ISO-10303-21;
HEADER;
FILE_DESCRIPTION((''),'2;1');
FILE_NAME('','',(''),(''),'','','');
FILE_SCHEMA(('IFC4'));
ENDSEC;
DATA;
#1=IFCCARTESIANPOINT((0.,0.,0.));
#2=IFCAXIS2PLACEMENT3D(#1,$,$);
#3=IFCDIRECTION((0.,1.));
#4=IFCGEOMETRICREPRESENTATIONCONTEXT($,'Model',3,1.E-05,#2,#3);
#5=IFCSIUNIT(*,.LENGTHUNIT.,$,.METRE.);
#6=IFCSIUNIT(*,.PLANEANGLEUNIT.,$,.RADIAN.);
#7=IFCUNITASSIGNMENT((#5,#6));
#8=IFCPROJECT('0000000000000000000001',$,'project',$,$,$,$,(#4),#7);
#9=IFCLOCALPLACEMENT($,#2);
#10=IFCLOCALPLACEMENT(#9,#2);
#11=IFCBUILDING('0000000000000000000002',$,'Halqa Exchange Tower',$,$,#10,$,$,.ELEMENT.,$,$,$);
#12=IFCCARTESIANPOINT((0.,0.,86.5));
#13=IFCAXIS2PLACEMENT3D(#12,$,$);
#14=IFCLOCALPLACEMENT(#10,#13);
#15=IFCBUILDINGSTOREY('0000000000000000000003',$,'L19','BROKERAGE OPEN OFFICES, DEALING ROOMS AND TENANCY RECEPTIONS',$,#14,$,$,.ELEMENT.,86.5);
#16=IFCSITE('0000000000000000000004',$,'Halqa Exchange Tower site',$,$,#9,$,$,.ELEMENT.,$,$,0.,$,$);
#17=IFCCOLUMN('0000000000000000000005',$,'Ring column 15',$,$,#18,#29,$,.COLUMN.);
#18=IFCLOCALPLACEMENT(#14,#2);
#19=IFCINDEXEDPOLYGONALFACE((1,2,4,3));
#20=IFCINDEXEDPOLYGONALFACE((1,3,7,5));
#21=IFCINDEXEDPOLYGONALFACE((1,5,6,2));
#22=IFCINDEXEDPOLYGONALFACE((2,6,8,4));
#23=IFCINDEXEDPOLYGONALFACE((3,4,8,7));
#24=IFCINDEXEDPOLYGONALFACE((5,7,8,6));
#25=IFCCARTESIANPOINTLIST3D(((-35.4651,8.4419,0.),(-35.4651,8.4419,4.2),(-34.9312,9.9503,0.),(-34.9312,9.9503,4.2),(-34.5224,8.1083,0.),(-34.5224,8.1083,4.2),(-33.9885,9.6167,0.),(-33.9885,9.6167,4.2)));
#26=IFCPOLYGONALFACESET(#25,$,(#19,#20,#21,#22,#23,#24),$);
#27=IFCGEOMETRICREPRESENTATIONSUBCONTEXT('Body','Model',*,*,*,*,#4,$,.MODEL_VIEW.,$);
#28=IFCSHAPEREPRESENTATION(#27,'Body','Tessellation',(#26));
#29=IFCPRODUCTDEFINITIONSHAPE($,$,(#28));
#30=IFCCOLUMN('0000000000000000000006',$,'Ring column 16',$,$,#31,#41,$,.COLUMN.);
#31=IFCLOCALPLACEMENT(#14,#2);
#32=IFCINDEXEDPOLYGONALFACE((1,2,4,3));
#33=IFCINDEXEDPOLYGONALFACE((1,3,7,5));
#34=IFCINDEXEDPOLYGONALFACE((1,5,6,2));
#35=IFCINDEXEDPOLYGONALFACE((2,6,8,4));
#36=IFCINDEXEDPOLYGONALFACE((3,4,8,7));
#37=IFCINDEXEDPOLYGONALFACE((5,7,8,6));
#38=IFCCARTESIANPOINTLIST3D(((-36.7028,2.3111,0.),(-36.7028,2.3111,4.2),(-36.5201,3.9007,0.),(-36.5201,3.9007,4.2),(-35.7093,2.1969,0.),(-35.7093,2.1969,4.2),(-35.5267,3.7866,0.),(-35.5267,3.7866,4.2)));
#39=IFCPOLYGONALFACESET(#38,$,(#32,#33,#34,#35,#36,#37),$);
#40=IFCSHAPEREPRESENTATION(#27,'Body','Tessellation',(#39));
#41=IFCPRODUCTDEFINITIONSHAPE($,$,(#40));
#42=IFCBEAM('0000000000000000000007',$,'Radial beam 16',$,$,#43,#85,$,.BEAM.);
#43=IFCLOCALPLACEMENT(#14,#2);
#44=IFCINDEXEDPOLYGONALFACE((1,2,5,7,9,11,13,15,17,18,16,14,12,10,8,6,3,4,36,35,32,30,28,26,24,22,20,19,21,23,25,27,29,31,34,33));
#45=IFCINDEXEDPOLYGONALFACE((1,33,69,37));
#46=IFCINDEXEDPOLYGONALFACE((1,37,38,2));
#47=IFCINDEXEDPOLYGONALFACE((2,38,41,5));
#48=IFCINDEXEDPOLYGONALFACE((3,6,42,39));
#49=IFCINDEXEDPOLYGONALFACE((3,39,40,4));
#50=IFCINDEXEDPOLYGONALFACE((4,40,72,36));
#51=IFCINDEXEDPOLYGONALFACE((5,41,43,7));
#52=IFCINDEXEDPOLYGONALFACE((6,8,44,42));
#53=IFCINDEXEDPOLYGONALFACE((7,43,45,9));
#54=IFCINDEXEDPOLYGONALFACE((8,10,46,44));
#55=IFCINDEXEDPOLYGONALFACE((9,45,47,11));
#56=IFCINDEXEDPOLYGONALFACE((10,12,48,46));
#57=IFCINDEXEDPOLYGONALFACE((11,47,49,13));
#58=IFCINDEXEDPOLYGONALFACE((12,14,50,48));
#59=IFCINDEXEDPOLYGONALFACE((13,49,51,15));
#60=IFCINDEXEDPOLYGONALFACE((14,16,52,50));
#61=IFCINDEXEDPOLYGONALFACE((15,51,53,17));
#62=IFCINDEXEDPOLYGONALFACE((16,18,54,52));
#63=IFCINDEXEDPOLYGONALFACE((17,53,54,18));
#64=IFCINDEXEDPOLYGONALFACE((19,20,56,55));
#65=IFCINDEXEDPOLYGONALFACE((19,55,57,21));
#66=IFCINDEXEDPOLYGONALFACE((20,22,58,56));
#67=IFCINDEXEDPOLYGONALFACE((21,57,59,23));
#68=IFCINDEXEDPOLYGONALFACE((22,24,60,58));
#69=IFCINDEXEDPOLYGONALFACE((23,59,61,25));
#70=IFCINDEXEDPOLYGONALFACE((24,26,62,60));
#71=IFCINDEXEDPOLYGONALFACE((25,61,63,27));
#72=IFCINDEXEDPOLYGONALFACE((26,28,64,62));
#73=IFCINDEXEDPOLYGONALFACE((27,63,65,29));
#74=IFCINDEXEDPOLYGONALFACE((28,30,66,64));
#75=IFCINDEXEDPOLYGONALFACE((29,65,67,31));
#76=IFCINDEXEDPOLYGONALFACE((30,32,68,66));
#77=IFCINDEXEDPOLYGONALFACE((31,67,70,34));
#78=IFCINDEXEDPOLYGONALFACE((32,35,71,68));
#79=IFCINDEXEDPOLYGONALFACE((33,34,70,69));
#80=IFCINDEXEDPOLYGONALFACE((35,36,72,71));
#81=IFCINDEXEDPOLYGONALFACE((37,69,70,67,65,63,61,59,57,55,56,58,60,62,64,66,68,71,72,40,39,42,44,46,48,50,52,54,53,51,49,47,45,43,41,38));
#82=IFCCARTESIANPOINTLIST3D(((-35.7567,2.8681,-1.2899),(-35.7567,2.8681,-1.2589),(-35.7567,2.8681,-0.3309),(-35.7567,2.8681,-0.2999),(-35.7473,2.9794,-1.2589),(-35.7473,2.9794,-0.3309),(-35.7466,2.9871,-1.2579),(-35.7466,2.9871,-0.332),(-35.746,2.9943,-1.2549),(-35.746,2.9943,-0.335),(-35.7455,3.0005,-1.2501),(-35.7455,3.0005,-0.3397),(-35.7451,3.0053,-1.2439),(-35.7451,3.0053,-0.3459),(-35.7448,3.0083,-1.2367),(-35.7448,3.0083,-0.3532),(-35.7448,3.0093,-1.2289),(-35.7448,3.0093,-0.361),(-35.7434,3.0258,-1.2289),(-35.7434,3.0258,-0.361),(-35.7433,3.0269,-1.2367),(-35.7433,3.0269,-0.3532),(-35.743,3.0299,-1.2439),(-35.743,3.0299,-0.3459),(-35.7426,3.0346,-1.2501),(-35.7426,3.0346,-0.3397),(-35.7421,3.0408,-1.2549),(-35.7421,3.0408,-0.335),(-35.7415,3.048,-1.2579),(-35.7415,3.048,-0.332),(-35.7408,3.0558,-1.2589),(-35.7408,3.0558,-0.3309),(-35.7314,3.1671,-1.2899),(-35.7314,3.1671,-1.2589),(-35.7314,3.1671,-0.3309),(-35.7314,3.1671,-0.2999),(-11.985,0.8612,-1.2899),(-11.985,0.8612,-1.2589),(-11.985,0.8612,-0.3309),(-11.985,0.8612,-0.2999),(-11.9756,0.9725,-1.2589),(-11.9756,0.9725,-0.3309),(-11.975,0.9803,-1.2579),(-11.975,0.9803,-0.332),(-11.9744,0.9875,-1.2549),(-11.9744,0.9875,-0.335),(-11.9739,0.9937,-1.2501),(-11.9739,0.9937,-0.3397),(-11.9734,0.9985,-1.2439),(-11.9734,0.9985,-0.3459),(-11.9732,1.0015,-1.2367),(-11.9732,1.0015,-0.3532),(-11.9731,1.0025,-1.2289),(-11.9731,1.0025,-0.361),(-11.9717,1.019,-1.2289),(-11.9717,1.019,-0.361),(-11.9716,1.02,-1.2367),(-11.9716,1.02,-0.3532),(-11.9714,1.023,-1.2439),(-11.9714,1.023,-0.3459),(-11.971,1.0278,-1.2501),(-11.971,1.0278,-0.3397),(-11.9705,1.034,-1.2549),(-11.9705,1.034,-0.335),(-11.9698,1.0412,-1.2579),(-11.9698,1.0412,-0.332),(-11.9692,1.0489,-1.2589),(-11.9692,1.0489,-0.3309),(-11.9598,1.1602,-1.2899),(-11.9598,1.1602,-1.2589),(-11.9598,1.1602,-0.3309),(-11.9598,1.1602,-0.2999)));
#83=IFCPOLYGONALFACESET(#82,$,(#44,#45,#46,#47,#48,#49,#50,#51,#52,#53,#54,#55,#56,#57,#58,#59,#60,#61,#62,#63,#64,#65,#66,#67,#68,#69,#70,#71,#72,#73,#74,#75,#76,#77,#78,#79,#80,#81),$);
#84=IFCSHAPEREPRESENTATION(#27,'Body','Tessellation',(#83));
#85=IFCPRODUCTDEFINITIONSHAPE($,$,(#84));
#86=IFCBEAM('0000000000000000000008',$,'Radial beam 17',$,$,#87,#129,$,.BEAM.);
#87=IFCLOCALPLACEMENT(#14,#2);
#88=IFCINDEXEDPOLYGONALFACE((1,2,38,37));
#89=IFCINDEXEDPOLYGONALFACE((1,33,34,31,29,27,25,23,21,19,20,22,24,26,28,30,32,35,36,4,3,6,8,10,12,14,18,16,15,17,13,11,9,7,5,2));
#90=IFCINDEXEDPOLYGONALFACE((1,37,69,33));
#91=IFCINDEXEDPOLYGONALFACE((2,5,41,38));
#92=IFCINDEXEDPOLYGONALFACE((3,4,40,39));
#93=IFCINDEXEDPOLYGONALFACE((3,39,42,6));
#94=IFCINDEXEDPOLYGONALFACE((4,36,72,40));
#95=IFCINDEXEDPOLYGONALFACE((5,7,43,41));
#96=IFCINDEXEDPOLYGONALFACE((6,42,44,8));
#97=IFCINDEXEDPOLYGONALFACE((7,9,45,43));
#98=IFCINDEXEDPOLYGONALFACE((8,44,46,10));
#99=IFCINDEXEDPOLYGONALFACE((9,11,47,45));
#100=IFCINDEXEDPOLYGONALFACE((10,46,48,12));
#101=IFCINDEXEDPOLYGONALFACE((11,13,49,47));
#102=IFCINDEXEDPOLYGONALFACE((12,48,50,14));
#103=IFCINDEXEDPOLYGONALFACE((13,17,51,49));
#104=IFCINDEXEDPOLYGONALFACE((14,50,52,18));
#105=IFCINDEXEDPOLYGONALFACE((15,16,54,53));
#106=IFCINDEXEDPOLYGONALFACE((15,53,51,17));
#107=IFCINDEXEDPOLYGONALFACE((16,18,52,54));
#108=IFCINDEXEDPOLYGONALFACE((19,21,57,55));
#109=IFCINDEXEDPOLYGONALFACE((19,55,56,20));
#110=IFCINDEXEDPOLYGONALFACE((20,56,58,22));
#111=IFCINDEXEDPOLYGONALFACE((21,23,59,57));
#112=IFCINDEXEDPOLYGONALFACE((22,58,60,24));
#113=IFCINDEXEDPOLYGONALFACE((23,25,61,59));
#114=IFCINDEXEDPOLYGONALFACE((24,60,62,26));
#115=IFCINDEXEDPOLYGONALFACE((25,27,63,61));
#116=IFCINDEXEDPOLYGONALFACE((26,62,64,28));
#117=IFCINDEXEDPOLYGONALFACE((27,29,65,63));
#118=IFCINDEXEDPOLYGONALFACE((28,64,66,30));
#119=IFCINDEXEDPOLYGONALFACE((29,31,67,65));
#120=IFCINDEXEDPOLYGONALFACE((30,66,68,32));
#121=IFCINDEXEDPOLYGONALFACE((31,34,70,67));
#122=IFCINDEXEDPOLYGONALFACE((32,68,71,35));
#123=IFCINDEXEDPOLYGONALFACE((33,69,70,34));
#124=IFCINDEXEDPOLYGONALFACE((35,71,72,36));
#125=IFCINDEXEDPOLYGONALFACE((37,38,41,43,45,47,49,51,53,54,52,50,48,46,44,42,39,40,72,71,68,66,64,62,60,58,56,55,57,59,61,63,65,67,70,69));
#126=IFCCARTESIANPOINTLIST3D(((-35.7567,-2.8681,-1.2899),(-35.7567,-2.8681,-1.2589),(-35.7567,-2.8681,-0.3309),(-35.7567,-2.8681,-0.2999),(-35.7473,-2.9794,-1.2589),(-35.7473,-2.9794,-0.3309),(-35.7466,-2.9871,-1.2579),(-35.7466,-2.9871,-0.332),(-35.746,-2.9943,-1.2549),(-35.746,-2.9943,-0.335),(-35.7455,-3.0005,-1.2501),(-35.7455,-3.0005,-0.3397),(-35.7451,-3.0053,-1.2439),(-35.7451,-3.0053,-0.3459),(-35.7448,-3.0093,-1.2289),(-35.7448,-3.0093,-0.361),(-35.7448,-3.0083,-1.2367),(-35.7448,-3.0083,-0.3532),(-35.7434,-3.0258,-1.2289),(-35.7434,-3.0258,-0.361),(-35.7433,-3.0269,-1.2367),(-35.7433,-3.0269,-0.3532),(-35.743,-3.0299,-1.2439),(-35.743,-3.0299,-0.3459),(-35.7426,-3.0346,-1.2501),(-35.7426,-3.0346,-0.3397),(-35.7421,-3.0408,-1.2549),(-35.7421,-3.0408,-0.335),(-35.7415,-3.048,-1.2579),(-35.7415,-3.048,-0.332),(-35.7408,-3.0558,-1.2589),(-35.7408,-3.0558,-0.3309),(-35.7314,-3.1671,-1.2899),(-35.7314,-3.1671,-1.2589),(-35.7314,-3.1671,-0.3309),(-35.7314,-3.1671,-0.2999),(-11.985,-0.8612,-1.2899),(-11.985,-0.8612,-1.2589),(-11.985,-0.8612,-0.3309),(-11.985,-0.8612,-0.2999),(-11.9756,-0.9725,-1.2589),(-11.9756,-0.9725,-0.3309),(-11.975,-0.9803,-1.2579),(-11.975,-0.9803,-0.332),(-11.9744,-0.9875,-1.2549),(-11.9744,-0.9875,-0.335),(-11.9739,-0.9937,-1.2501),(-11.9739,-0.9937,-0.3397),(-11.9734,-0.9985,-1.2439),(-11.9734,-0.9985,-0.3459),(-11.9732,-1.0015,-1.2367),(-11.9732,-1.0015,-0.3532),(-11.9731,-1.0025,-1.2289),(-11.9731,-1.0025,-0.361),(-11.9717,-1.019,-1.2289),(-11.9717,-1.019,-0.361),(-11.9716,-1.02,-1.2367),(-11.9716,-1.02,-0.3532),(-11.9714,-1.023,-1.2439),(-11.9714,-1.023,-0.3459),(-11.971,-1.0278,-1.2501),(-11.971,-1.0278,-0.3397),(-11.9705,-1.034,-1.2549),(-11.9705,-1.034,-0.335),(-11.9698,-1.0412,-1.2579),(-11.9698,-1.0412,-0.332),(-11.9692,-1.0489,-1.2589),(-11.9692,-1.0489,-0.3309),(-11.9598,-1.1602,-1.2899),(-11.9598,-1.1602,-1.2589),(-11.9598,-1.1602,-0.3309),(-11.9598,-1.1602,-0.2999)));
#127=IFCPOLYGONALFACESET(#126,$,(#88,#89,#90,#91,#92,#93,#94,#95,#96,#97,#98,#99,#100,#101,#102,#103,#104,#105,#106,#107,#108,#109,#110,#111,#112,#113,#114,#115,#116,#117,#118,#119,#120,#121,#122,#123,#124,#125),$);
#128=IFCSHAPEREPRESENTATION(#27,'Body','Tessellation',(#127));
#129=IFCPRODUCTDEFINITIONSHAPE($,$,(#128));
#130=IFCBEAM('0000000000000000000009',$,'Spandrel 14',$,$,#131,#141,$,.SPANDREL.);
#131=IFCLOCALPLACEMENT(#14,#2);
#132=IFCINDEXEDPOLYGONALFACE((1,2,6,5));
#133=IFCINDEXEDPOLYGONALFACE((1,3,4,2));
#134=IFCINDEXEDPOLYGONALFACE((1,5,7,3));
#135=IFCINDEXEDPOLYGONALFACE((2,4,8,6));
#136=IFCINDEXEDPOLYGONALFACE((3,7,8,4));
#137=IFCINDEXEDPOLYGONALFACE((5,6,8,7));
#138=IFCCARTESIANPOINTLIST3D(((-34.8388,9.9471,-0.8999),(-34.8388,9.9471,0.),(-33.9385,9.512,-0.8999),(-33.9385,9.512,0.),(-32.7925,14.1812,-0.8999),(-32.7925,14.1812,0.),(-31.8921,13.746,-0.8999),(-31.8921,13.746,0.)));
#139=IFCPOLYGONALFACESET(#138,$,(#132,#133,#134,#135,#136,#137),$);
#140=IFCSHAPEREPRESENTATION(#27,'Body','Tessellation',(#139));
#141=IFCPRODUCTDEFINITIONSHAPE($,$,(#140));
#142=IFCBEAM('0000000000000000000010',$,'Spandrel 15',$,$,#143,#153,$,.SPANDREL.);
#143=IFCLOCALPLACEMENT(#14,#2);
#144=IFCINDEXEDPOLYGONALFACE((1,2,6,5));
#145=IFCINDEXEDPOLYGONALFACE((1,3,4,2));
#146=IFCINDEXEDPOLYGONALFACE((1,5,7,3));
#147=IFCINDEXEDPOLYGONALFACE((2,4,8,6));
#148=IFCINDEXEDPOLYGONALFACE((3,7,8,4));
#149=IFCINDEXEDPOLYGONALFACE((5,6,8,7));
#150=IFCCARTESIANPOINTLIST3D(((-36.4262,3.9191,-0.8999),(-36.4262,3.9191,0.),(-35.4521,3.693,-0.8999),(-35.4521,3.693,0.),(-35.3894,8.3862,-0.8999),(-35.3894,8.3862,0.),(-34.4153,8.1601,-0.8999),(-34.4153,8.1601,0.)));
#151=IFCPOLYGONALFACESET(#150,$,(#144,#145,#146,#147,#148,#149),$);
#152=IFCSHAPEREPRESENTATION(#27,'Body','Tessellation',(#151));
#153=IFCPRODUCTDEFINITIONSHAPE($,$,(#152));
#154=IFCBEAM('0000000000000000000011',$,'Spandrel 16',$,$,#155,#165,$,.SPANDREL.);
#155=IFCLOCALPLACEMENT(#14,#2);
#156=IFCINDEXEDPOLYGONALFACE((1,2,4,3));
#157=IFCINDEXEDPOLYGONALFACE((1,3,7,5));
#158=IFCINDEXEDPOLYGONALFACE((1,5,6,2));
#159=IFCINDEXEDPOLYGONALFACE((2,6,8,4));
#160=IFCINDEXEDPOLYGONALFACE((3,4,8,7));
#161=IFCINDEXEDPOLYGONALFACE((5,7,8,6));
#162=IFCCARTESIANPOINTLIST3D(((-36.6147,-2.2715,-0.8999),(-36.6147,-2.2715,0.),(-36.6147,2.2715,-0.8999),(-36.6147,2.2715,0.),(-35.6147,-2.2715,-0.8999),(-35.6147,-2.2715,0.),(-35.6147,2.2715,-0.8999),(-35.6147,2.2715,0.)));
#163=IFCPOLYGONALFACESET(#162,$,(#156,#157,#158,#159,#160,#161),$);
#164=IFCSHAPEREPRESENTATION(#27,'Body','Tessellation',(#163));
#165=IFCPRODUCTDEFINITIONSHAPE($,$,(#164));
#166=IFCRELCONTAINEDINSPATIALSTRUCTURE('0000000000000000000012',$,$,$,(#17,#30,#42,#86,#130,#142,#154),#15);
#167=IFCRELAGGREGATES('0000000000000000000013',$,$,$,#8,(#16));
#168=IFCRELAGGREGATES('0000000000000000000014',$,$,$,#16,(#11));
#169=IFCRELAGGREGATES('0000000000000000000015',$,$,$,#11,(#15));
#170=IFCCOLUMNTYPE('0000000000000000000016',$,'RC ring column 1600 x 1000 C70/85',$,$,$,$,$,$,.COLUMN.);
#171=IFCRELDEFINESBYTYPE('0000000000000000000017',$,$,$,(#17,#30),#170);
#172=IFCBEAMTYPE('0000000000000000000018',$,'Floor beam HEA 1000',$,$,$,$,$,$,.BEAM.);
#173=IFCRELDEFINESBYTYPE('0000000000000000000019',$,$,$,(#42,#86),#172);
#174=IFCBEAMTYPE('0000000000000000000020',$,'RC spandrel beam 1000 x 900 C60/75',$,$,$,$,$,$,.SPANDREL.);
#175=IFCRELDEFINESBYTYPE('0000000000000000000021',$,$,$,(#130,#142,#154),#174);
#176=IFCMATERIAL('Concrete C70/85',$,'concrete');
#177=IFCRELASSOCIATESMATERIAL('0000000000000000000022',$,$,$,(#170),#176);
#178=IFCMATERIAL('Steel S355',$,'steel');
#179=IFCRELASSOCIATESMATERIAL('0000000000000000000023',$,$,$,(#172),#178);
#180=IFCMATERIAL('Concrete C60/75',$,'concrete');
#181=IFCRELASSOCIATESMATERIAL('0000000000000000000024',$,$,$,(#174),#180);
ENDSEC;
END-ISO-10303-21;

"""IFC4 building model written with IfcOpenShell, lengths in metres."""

from ifc_helpers import new_model, si_unit, direction, frame, origin, origin_2d, place, context, subcontext, project, spatial, rectangle, i_section, extrude, material, material_profile, profile_set, type_object, element, save


model = new_model("IFC4")

# Units and contexts
model_context = context("Model", 3, precision=1e-05, world=origin(), true_north=direction((0.0, 1.0)))
body_context = subcontext(model_context, "Body", "Model", "MODEL_VIEW")
ifc_project = project(units=[si_unit("LENGTHUNIT", "METRE"), si_unit("PLANEANGLEUNIT", "RADIAN")], contexts=[model_context])

# Site, building, storey
site_placement = place(None, origin())
site = spatial("IfcSite", under=ifc_project, at=site_placement, Name="Halqa Exchange Tower site", CompositionType="ELEMENT", RefElevation=0.0)
building_placement = place(site_placement, origin())
building = spatial("IfcBuilding", under=site, at=building_placement, Name="Halqa Exchange Tower", CompositionType="ELEMENT")
storey_placement = place(building_placement, frame((0.0, 0.0, 86.5)))
storey = spatial("IfcBuildingStorey", under=building, at=storey_placement, Name="L19", Description="BROKERAGE OPEN OFFICES, DEALING ROOMS AND TENANCY RECEPTIONS", CompositionType="ELEMENT", Elevation=86.5)

# Columns
ifc_material_1 = material(Name="Concrete C70/85", Category="concrete")
ifc_material_profile_1 = material_profile(ifc_material_1, rectangle(XDim=1.6001, YDim=1.0, at=origin_2d()), Name="1600 x 1000")
ifc_profile_set_1 = profile_set([ifc_material_profile_1], Name="Concrete C70/85")
column_type = type_object("IfcColumnType", Name="RC ring column 1600 x 1000 C70/85", PredefinedType="COLUMN", material=ifc_profile_set_1)
for number, where, z_axis, x_axis, name in (
    (1, (-34.7268, 9.0293, 0.0), (0.0, 0.0, 1.0), (-0.333631, -0.942704, 0.0), "Ring column 15"),
    (2, (-36.1147, 3.0488, 0.0), (0.0, 0.0, 1.0), (-0.114157, -0.993463, 0.0), "Ring column 16"),
):
    element("IfcColumn", number, at=place(storey_placement, frame(where, z_axis=z_axis, x_axis=x_axis)), inside=storey, type_object=column_type, Name=name, PredefinedType="COLUMN", context=body_context, shape_type="SweptSolid", body=[
        extrude(rectangle(XDim=1.6001, YDim=1.0, at=origin_2d()), origin(), (0.0, 0.0, 1.0), 4.2),
    ])

# Beams
ifc_material_2 = material(Name="Steel S355", Category="steel")
ifc_material_profile_2 = material_profile(ifc_material_2, i_section(OverallWidth=0.3, OverallDepth=0.99, WebThickness=0.0166, FlangeThickness=0.031, FilletRadius=0.03, at=origin_2d()), Name="HEA 1000")
ifc_profile_set_2 = profile_set([ifc_material_profile_2], Name="Steel S355")
beam_type_1 = type_object("IfcBeamType", Name="Floor beam HEA 1000", PredefinedType="BEAM", material=ifc_profile_set_2)
for number, where, z_axis, x_axis, name in (
    (3, (-11.9724, 1.0107, -0.7949), (-0.996455, 0.084122, 0.0), (-0.084122, -0.996455, 0.0), "Radial beam 16"),
    (4, (-11.9724, -1.0107, -0.7949), (-0.996455, -0.084122, 0.0), (0.084122, -0.996455, 0.0), "Radial beam 17"),
):
    element("IfcBeam", number, at=place(storey_placement, frame(where, z_axis=z_axis, x_axis=x_axis)), inside=storey, type_object=beam_type_1, Name=name, PredefinedType="BEAM", context=body_context, shape_type="SweptSolid", body=[
        extrude(i_section(OverallWidth=0.3, OverallDepth=0.99, WebThickness=0.0166, FlangeThickness=0.031, FilletRadius=0.03, at=origin_2d()), origin(), (0.0, 0.0, 1.0), 23.8562),
    ])
ifc_material_3 = material(Name="Concrete C60/75", Category="concrete")
ifc_material_profile_3 = material_profile(ifc_material_3, rectangle(XDim=1.0, YDim=0.8999, at=origin_2d()), Name="1000 x 900")
ifc_profile_set_3 = profile_set([ifc_material_profile_3], Name="Concrete C60/75")
beam_type_2 = type_object("IfcBeamType", Name="RC spandrel beam 1000 x 900 C60/75", PredefinedType="SPANDREL", material=ifc_profile_set_3)
beam_1_placement = place(storey_placement, frame((-32.3423, 13.9636, -0.45), z_axis=(-0.43515, -0.900358, 0.0), x_axis=(0.900358, -0.43515, 0.0)))
element("IfcBeam", 5, at=beam_1_placement, inside=storey, type_object=beam_type_2, Name="Spandrel 14", PredefinedType="SPANDREL", context=body_context, shape_type="SweptSolid", body=[
    extrude(rectangle(XDim=1.0, YDim=0.8999, at=origin_2d()), origin(), (0.0, 0.0, 1.0), 4.7026),
])
beam_2_placement = place(storey_placement, frame((-34.9023, 8.2732, -0.45), z_axis=(-0.226092, -0.974106, 0.0), x_axis=(0.974106, -0.226092, 0.0)))
element("IfcBeam", 6, at=beam_2_placement, inside=storey, type_object=beam_type_2, Name="Spandrel 15", PredefinedType="SPANDREL", context=body_context, shape_type="SweptSolid", body=[
    extrude(rectangle(XDim=1.0, YDim=0.8999, at=origin_2d()), origin(), (0.0, 0.0, 1.0), 4.5859),
])
beam_3_placement = place(storey_placement, frame((-36.1147, 2.2715, -0.45), z_axis=(0.0, -1.0, 0.0), x_axis=(1.0, 0.0, 0.0)))
element("IfcBeam", 7, at=beam_3_placement, inside=storey, type_object=beam_type_2, Name="Spandrel 16", PredefinedType="SPANDREL", context=body_context, shape_type="SweptSolid", body=[
    extrude(rectangle(XDim=1.0, YDim=0.8999, at=origin_2d()), origin(), (0.0, 0.0, 1.0), 4.543),
])

save(model, "model.ifc")
